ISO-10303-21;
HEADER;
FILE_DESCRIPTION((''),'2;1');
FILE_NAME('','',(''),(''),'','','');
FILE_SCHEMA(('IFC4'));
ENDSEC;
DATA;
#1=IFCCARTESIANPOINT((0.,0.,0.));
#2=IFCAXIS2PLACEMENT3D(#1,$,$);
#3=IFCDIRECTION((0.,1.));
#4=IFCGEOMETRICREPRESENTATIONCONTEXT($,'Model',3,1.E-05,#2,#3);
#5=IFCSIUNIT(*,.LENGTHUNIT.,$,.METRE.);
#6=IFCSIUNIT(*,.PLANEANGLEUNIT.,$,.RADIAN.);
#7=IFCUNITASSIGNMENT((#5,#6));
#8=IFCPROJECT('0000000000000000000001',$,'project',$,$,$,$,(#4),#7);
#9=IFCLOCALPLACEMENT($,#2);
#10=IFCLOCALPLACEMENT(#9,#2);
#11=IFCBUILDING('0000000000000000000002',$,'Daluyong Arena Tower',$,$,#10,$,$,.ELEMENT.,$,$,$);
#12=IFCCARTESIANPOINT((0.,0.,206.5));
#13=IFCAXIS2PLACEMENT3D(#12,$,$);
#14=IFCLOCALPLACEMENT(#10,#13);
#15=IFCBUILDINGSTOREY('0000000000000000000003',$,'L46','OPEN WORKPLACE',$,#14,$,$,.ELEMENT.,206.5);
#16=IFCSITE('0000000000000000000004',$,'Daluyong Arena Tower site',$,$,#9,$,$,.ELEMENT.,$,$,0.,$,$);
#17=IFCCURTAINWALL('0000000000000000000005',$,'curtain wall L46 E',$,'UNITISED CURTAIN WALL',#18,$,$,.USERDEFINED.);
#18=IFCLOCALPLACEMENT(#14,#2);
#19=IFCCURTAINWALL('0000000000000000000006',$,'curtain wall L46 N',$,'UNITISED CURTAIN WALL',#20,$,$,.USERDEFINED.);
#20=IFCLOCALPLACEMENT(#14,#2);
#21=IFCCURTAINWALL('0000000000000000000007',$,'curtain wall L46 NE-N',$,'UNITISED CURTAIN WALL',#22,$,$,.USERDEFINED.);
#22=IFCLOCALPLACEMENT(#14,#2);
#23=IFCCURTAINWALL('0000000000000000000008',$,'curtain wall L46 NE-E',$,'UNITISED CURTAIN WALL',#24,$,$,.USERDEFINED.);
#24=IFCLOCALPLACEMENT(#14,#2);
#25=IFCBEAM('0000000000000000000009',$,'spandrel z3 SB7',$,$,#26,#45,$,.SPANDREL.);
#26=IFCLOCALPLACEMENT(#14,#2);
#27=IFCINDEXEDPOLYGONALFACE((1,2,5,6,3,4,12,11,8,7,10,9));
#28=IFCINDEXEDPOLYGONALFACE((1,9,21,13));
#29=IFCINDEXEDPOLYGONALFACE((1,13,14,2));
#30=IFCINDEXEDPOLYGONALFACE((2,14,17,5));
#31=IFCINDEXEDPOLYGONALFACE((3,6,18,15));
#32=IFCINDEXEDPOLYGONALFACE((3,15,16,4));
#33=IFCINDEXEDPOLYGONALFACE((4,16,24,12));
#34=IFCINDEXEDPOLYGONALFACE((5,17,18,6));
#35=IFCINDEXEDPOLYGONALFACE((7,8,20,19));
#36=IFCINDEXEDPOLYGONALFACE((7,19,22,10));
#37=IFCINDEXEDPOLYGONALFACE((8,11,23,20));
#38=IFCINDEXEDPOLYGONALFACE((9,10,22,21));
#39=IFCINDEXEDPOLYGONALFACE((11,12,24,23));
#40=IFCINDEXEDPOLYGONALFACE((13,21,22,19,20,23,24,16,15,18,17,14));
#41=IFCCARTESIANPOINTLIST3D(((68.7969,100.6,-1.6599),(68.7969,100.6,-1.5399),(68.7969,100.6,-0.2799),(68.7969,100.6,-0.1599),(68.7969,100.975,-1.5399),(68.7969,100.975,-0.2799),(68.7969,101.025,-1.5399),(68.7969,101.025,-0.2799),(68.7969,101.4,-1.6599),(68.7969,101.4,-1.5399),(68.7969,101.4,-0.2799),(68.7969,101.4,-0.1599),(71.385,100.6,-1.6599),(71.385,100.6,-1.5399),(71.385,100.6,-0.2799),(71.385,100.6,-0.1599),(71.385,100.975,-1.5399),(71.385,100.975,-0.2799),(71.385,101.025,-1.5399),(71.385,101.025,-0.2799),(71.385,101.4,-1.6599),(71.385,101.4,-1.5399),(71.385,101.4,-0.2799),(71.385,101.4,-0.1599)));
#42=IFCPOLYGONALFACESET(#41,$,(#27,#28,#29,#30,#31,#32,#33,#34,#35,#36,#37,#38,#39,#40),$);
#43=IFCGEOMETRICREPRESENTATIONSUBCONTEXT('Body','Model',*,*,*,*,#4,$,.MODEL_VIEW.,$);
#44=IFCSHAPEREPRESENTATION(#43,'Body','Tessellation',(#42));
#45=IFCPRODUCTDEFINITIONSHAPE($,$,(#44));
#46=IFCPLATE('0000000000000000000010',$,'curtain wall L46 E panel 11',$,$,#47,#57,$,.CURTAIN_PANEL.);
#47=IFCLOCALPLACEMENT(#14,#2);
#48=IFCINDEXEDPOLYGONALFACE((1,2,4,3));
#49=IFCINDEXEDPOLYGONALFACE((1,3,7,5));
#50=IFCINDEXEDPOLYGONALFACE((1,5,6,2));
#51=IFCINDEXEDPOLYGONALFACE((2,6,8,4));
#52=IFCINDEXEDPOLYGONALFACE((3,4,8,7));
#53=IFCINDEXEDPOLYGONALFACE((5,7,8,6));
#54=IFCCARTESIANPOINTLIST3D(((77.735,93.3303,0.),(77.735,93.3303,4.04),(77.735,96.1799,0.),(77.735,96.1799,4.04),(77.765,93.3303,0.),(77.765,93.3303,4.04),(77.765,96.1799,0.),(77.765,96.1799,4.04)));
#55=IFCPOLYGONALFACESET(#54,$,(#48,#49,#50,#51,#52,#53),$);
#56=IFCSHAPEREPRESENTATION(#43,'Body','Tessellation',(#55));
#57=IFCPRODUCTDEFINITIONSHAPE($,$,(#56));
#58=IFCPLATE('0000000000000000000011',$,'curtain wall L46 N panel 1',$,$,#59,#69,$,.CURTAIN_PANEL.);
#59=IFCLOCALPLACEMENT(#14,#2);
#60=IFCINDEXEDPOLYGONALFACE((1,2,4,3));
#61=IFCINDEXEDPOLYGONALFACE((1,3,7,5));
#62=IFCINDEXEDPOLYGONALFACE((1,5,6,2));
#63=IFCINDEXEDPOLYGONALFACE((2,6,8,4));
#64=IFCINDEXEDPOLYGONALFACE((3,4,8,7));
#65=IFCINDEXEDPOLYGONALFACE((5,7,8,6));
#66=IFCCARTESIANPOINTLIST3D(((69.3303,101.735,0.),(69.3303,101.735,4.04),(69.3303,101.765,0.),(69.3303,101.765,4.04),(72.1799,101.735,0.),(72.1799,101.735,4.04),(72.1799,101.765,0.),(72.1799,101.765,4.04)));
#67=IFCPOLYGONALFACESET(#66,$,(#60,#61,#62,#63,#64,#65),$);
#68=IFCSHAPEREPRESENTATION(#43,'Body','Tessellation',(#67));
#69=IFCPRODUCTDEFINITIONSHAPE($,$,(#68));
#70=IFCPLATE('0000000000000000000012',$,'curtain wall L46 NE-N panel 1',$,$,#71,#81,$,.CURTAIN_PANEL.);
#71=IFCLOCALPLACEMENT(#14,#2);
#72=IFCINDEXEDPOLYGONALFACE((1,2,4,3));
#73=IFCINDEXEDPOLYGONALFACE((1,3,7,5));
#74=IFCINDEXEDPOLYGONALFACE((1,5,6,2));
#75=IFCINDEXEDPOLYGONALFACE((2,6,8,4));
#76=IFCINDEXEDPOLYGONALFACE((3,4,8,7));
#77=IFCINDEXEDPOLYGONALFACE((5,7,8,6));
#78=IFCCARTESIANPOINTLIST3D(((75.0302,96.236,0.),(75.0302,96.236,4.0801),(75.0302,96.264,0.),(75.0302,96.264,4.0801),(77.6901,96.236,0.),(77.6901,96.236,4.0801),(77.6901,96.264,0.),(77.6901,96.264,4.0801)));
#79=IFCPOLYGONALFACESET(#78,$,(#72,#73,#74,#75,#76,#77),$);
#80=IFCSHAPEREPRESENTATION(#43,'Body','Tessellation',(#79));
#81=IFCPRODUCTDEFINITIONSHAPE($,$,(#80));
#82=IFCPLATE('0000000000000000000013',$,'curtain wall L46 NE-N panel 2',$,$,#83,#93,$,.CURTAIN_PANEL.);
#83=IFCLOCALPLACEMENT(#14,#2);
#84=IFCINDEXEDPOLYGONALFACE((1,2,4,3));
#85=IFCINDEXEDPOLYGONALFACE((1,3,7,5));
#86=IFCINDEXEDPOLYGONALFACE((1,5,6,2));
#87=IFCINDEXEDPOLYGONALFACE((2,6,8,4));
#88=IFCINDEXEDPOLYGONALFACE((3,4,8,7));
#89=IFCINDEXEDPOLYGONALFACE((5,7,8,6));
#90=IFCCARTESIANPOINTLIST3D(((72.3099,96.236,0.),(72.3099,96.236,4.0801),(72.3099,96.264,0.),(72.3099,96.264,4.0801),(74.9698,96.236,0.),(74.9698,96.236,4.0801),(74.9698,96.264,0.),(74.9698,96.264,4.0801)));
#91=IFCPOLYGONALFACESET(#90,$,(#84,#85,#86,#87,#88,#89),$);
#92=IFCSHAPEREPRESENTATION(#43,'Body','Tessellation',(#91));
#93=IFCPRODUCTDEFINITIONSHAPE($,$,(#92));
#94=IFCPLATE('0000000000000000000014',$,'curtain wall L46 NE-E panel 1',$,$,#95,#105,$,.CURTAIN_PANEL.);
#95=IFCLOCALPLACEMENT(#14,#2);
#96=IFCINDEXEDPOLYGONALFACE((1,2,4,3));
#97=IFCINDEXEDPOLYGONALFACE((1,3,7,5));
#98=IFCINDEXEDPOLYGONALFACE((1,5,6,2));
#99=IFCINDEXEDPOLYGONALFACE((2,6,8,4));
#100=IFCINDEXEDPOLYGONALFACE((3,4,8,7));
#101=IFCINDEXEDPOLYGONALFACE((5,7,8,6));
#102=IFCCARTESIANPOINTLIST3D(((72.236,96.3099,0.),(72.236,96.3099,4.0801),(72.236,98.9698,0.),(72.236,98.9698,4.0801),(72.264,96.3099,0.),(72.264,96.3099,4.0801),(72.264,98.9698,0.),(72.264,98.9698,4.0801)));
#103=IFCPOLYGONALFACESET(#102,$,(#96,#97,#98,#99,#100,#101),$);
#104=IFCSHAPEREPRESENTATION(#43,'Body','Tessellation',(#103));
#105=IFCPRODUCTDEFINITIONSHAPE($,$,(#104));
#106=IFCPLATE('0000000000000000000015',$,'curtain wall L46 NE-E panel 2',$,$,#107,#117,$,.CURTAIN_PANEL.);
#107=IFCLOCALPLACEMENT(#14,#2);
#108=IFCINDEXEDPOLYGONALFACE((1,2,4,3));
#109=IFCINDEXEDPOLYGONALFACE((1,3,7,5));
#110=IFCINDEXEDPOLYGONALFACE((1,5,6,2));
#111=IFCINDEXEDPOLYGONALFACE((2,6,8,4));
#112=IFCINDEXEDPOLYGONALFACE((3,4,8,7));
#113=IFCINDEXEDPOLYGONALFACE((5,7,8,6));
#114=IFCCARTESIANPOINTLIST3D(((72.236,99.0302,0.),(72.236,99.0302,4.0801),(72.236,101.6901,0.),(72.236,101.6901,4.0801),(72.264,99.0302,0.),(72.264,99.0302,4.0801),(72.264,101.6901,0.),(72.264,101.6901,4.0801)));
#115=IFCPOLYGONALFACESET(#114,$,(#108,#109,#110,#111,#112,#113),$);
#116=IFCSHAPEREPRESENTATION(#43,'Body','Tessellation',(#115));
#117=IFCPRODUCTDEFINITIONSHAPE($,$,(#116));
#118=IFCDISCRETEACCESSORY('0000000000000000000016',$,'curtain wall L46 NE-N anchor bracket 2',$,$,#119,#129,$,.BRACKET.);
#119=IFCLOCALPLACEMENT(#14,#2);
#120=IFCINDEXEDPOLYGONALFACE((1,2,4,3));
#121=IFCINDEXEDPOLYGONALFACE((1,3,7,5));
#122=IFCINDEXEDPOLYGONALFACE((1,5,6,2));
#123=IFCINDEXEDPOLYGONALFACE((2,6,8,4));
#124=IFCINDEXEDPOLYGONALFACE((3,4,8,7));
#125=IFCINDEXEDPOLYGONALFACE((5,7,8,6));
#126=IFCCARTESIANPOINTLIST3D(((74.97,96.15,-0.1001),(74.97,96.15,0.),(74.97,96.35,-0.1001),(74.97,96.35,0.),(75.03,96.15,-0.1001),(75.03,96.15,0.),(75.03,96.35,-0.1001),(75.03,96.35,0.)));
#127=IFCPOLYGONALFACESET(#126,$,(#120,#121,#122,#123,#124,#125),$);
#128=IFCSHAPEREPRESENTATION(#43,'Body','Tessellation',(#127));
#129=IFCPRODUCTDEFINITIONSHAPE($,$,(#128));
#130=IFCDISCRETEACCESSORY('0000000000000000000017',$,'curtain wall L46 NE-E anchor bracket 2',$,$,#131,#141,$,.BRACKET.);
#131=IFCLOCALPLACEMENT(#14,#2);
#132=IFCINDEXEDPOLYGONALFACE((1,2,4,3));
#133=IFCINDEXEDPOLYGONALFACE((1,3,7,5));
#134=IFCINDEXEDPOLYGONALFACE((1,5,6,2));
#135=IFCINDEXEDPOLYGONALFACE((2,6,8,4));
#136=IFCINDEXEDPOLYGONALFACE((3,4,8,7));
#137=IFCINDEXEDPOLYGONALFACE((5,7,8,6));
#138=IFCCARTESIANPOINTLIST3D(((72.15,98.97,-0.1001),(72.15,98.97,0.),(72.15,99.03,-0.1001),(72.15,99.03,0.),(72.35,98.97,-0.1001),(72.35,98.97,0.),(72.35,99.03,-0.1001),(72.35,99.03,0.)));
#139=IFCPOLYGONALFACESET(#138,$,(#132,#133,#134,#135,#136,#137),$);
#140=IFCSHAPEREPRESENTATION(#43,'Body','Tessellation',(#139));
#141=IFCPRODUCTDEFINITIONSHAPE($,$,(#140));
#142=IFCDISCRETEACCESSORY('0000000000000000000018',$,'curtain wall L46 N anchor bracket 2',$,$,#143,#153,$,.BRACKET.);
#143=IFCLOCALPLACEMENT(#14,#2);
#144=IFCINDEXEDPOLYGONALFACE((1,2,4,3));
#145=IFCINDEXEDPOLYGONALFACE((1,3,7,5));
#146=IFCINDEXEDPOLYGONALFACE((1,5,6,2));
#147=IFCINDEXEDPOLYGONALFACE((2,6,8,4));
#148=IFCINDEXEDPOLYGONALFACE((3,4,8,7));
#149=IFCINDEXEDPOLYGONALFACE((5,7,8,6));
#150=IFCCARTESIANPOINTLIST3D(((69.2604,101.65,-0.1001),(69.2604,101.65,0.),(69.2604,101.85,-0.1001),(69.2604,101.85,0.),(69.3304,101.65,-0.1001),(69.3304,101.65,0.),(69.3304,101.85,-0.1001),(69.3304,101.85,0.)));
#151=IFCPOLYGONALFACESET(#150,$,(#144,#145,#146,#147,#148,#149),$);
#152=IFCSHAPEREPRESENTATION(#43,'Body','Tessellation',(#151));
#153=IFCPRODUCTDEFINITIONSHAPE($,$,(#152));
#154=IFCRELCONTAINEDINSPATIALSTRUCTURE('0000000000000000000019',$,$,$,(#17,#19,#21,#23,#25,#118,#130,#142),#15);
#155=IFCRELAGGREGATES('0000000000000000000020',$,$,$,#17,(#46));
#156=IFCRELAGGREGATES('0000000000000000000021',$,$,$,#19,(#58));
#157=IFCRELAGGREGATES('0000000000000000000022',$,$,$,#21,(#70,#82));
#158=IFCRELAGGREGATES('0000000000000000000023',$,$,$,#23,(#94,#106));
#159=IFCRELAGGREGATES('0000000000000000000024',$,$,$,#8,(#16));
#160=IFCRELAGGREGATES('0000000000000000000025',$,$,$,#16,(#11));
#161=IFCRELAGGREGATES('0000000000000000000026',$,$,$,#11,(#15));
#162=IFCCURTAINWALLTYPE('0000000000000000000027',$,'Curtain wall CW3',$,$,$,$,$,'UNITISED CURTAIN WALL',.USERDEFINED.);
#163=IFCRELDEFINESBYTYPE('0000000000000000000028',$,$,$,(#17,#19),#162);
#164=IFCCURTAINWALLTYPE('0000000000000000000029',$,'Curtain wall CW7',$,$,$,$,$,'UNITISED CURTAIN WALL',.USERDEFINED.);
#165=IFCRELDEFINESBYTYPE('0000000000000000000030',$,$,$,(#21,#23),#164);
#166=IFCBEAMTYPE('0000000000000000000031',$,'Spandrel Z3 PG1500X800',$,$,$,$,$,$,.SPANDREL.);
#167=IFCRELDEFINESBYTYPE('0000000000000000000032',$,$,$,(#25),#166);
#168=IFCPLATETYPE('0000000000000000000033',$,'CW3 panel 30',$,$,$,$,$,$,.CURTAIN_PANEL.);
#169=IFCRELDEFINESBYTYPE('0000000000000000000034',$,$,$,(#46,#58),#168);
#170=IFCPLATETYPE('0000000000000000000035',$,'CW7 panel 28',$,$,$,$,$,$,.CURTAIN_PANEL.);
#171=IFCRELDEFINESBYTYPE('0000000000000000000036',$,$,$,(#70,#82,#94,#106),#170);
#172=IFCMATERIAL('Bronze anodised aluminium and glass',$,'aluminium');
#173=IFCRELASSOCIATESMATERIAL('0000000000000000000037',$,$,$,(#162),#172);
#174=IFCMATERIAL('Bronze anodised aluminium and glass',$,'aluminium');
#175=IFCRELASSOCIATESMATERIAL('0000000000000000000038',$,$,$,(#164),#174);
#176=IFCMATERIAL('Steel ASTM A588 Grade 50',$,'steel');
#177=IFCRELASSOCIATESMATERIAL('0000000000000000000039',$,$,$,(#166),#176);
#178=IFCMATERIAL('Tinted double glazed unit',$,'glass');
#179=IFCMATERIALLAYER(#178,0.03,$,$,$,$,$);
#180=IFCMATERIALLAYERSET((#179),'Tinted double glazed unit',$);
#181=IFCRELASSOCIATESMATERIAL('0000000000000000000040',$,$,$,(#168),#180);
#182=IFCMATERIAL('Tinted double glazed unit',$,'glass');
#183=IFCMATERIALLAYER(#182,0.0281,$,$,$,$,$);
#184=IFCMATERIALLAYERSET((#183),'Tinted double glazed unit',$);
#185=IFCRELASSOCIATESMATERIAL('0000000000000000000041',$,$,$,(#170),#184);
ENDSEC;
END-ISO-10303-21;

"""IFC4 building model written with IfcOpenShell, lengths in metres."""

from ifc_helpers import new_model, si_unit, direction, frame, origin, origin_2d, place, context, subcontext, project, spatial, rectangle, i_section, extrude, material, layer, layer_set, material_profile, profile_set, type_object, element, aggregate, save


model = new_model("IFC4")

# Units and contexts
model_context = context("Model", 3, precision=1e-05, world=origin(), true_north=direction((0.0, 1.0)))
body_context = subcontext(model_context, "Body", "Model", "MODEL_VIEW")
ifc_project = project(units=[si_unit("LENGTHUNIT", "METRE"), si_unit("PLANEANGLEUNIT", "RADIAN")], contexts=[model_context])

# Site, building, storey
site_placement = place(None, origin())
site = spatial("IfcSite", under=ifc_project, at=site_placement, Name="Daluyong Arena Tower site", CompositionType="ELEMENT", RefElevation=0.0)
building_placement = place(site_placement, origin())
building = spatial("IfcBuilding", under=site, at=building_placement, Name="Daluyong Arena Tower", CompositionType="ELEMENT")
storey_placement = place(building_placement, frame((0.0, 0.0, 206.5)))
storey = spatial("IfcBuildingStorey", under=building, at=storey_placement, Name="L46", Description="OPEN WORKPLACE", CompositionType="ELEMENT", Elevation=206.5)

# Curtain wall
ifc_material_1 = material(Name="Bronze anodised aluminium and glass", Category="aluminium")
curtain_wall_type_1 = type_object("IfcCurtainWallType", Name="Curtain wall CW3", ElementType="UNITISED CURTAIN WALL", PredefinedType="USERDEFINED", material=ifc_material_1)
curtain_wall_1_placement = place(storey_placement, origin())
curtain_wall_1 = element("IfcCurtainWall", 1, at=curtain_wall_1_placement, inside=storey, type_object=curtain_wall_type_1, Name="curtain wall L46 E", ObjectType="UNITISED CURTAIN WALL", PredefinedType="USERDEFINED")

# Curtain walls
curtain_wall_2_placement = place(storey_placement, origin())
curtain_wall_2 = element("IfcCurtainWall", 2, at=curtain_wall_2_placement, inside=storey, type_object=curtain_wall_type_1, Name="curtain wall L46 N", ObjectType="UNITISED CURTAIN WALL", PredefinedType="USERDEFINED")
ifc_material_2 = material(Name="Bronze anodised aluminium and glass", Category="aluminium")
curtain_wall_type_2 = type_object("IfcCurtainWallType", Name="Curtain wall CW7", ElementType="UNITISED CURTAIN WALL", PredefinedType="USERDEFINED", material=ifc_material_2)
curtain_wall_3_placement = place(storey_placement, origin())
curtain_wall_3 = element("IfcCurtainWall", 3, at=curtain_wall_3_placement, inside=storey, type_object=curtain_wall_type_2, Name="curtain wall L46 NE-N", ObjectType="UNITISED CURTAIN WALL", PredefinedType="USERDEFINED")
curtain_wall_4_placement = place(storey_placement, origin())
curtain_wall_4 = element("IfcCurtainWall", 4, at=curtain_wall_4_placement, inside=storey, type_object=curtain_wall_type_2, Name="curtain wall L46 NE-E", ObjectType="UNITISED CURTAIN WALL", PredefinedType="USERDEFINED")

# Beam
ifc_material_3 = material(Name="Steel ASTM A588 Grade 50", Category="steel")
ifc_material_profile_1 = material_profile(ifc_material_3, i_section(OverallWidth=0.8, OverallDepth=1.5, WebThickness=0.05, FlangeThickness=0.12, at=origin_2d()))
ifc_profile_set_1 = profile_set([ifc_material_profile_1], Name="Steel ASTM A588 Grade 50")
beam_type_1 = type_object("IfcBeamType", Name="Spandrel Z3 PG1500X800", PredefinedType="SPANDREL", material=ifc_profile_set_1)
beam_1_placement = place(storey_placement, frame((71.385, 101.0, -0.9099), z_axis=(-1.0, 0.0, 0.0), x_axis=(0.0, -1.0, 0.0)))
element("IfcBeam", 5, at=beam_1_placement, inside=storey, type_object=beam_type_1, Name="spandrel z3 SB7", PredefinedType="SPANDREL", context=body_context, shape_type="SweptSolid", body=[
    extrude(i_section(OverallWidth=0.8, OverallDepth=1.5, WebThickness=0.05, FlangeThickness=0.12, at=origin_2d()), origin(), (0.0, 0.0, 1.0), 2.5881),
])

# Plates
ifc_material_4 = material(Name="Tinted double glazed unit", Category="glass")
ifc_layer_1 = layer(ifc_material_4, 0.03)
ifc_layer_set_1 = layer_set([ifc_layer_1], Name="Tinted double glazed unit")
plate_type_1 = type_object("IfcPlateType", Name="CW3 panel 30", PredefinedType="CURTAIN_PANEL", material=ifc_layer_set_1)
plate_1_placement = place(storey_placement, frame((77.75, 94.7551, 0.0), z_axis=(0.0, 0.0, 1.0), x_axis=(0.0, 1.0, 0.0)))
plate_1 = element("IfcPlate", 6, at=plate_1_placement, type_object=plate_type_1, Name="curtain wall L46 E panel 11", PredefinedType="CURTAIN_PANEL", context=body_context, shape_type="SweptSolid", body=[
    extrude(rectangle(XDim=2.8496, YDim=0.03, at=origin_2d()), origin(), (0.0, 0.0, 1.0), 4.04),
])
aggregate(curtain_wall_1, [plate_1])
plate_2_placement = place(storey_placement, frame((70.7551, 101.75, 0.0), z_axis=(0.0, 0.0, 1.0), x_axis=(-1.0, 0.0, 0.0)))
plate_2 = element("IfcPlate", 7, at=plate_2_placement, type_object=plate_type_1, Name="curtain wall L46 N panel 1", PredefinedType="CURTAIN_PANEL", context=body_context, shape_type="SweptSolid", body=[
    extrude(rectangle(XDim=2.8496, YDim=0.03, at=origin_2d()), origin(), (0.0, 0.0, 1.0), 4.04),
])
aggregate(curtain_wall_2, [plate_2])
ifc_material_5 = material(Name="Tinted double glazed unit", Category="glass")
ifc_layer_2 = layer(ifc_material_5, 0.0281)
ifc_layer_set_2 = layer_set([ifc_layer_2], Name="Tinted double glazed unit")
plate_type_2 = type_object("IfcPlateType", Name="CW7 panel 28", PredefinedType="CURTAIN_PANEL", material=ifc_layer_set_2)
plate_3_placement = place(storey_placement, frame((76.3601, 96.25, 0.0), z_axis=(0.0, 0.0, 1.0), x_axis=(-1.0, 0.0, 0.0)))
plate_3 = element("IfcPlate", 8, at=plate_3_placement, type_object=plate_type_2, Name="curtain wall L46 NE-N panel 1", PredefinedType="CURTAIN_PANEL", context=body_context, shape_type="SweptSolid", body=[
    extrude(rectangle(XDim=2.6599, YDim=0.0281, at=origin_2d()), origin(), (0.0, 0.0, 1.0), 4.0801),
])
plate_4_placement = place(storey_placement, frame((73.6399, 96.25, 0.0), z_axis=(0.0, 0.0, 1.0), x_axis=(-1.0, 0.0, 0.0)))
plate_4 = element("IfcPlate", 9, at=plate_4_placement, type_object=plate_type_2, Name="curtain wall L46 NE-N panel 2", PredefinedType="CURTAIN_PANEL", context=body_context, shape_type="SweptSolid", body=[
    extrude(rectangle(XDim=2.6599, YDim=0.0281, at=origin_2d()), origin(), (0.0, 0.0, 1.0), 4.0801),
])
aggregate(curtain_wall_3, [plate_3, plate_4])
plate_5_placement = place(storey_placement, frame((72.25, 97.6399, 0.0), z_axis=(0.0, 0.0, 1.0), x_axis=(0.0, 1.0, 0.0)))
plate_5 = element("IfcPlate", 10, at=plate_5_placement, type_object=plate_type_2, Name="curtain wall L46 NE-E panel 1", PredefinedType="CURTAIN_PANEL", context=body_context, shape_type="SweptSolid", body=[
    extrude(rectangle(XDim=2.6599, YDim=0.0281, at=origin_2d()), origin(), (0.0, 0.0, 1.0), 4.0801),
])
plate_6_placement = place(storey_placement, frame((72.25, 100.3601, 0.0), z_axis=(0.0, 0.0, 1.0), x_axis=(0.0, 1.0, 0.0)))
plate_6 = element("IfcPlate", 11, at=plate_6_placement, type_object=plate_type_2, Name="curtain wall L46 NE-E panel 2", PredefinedType="CURTAIN_PANEL", context=body_context, shape_type="SweptSolid", body=[
    extrude(rectangle(XDim=2.6599, YDim=0.0281, at=origin_2d()), origin(), (0.0, 0.0, 1.0), 4.0801),
])
aggregate(curtain_wall_4, [plate_5, plate_6])

# Discrete accessories
for number, where, z_axis, x_axis, name in (
    (12, (75.0, 96.25, -0.1001), (0.0, 0.0, 1.0), (-1.0, 0.0, 0.0), "curtain wall L46 NE-N anchor bracket 2"),
    (13, (72.25, 99.0, -0.1001), (0.0, 0.0, 1.0), (0.0, 1.0, 0.0), "curtain wall L46 NE-E anchor bracket 2"),
):
    element("IfcDiscreteAccessory", number, at=place(storey_placement, frame(where, z_axis=z_axis, x_axis=x_axis)), inside=storey, Name=name, PredefinedType="BRACKET", context=body_context, shape_type="SweptSolid", body=[
        extrude(rectangle(XDim=0.0601, YDim=0.2, at=origin_2d()), origin(), (0.0, 0.0, 1.0), 0.1001),
    ])
discrete_accessory_placement = place(storey_placement, frame((69.2954, 101.75, -0.1001), z_axis=(0.0, 0.0, 1.0), x_axis=(-1.0, 0.0, 0.0)))
element("IfcDiscreteAccessory", 14, at=discrete_accessory_placement, inside=storey, Name="curtain wall L46 N anchor bracket 2", PredefinedType="BRACKET", context=body_context, shape_type="SweptSolid", body=[
    extrude(rectangle(XDim=0.0701, YDim=0.2, at=origin_2d()), origin(), (0.0, 0.0, 1.0), 0.1001),
])

save(model, "model.ifc")
